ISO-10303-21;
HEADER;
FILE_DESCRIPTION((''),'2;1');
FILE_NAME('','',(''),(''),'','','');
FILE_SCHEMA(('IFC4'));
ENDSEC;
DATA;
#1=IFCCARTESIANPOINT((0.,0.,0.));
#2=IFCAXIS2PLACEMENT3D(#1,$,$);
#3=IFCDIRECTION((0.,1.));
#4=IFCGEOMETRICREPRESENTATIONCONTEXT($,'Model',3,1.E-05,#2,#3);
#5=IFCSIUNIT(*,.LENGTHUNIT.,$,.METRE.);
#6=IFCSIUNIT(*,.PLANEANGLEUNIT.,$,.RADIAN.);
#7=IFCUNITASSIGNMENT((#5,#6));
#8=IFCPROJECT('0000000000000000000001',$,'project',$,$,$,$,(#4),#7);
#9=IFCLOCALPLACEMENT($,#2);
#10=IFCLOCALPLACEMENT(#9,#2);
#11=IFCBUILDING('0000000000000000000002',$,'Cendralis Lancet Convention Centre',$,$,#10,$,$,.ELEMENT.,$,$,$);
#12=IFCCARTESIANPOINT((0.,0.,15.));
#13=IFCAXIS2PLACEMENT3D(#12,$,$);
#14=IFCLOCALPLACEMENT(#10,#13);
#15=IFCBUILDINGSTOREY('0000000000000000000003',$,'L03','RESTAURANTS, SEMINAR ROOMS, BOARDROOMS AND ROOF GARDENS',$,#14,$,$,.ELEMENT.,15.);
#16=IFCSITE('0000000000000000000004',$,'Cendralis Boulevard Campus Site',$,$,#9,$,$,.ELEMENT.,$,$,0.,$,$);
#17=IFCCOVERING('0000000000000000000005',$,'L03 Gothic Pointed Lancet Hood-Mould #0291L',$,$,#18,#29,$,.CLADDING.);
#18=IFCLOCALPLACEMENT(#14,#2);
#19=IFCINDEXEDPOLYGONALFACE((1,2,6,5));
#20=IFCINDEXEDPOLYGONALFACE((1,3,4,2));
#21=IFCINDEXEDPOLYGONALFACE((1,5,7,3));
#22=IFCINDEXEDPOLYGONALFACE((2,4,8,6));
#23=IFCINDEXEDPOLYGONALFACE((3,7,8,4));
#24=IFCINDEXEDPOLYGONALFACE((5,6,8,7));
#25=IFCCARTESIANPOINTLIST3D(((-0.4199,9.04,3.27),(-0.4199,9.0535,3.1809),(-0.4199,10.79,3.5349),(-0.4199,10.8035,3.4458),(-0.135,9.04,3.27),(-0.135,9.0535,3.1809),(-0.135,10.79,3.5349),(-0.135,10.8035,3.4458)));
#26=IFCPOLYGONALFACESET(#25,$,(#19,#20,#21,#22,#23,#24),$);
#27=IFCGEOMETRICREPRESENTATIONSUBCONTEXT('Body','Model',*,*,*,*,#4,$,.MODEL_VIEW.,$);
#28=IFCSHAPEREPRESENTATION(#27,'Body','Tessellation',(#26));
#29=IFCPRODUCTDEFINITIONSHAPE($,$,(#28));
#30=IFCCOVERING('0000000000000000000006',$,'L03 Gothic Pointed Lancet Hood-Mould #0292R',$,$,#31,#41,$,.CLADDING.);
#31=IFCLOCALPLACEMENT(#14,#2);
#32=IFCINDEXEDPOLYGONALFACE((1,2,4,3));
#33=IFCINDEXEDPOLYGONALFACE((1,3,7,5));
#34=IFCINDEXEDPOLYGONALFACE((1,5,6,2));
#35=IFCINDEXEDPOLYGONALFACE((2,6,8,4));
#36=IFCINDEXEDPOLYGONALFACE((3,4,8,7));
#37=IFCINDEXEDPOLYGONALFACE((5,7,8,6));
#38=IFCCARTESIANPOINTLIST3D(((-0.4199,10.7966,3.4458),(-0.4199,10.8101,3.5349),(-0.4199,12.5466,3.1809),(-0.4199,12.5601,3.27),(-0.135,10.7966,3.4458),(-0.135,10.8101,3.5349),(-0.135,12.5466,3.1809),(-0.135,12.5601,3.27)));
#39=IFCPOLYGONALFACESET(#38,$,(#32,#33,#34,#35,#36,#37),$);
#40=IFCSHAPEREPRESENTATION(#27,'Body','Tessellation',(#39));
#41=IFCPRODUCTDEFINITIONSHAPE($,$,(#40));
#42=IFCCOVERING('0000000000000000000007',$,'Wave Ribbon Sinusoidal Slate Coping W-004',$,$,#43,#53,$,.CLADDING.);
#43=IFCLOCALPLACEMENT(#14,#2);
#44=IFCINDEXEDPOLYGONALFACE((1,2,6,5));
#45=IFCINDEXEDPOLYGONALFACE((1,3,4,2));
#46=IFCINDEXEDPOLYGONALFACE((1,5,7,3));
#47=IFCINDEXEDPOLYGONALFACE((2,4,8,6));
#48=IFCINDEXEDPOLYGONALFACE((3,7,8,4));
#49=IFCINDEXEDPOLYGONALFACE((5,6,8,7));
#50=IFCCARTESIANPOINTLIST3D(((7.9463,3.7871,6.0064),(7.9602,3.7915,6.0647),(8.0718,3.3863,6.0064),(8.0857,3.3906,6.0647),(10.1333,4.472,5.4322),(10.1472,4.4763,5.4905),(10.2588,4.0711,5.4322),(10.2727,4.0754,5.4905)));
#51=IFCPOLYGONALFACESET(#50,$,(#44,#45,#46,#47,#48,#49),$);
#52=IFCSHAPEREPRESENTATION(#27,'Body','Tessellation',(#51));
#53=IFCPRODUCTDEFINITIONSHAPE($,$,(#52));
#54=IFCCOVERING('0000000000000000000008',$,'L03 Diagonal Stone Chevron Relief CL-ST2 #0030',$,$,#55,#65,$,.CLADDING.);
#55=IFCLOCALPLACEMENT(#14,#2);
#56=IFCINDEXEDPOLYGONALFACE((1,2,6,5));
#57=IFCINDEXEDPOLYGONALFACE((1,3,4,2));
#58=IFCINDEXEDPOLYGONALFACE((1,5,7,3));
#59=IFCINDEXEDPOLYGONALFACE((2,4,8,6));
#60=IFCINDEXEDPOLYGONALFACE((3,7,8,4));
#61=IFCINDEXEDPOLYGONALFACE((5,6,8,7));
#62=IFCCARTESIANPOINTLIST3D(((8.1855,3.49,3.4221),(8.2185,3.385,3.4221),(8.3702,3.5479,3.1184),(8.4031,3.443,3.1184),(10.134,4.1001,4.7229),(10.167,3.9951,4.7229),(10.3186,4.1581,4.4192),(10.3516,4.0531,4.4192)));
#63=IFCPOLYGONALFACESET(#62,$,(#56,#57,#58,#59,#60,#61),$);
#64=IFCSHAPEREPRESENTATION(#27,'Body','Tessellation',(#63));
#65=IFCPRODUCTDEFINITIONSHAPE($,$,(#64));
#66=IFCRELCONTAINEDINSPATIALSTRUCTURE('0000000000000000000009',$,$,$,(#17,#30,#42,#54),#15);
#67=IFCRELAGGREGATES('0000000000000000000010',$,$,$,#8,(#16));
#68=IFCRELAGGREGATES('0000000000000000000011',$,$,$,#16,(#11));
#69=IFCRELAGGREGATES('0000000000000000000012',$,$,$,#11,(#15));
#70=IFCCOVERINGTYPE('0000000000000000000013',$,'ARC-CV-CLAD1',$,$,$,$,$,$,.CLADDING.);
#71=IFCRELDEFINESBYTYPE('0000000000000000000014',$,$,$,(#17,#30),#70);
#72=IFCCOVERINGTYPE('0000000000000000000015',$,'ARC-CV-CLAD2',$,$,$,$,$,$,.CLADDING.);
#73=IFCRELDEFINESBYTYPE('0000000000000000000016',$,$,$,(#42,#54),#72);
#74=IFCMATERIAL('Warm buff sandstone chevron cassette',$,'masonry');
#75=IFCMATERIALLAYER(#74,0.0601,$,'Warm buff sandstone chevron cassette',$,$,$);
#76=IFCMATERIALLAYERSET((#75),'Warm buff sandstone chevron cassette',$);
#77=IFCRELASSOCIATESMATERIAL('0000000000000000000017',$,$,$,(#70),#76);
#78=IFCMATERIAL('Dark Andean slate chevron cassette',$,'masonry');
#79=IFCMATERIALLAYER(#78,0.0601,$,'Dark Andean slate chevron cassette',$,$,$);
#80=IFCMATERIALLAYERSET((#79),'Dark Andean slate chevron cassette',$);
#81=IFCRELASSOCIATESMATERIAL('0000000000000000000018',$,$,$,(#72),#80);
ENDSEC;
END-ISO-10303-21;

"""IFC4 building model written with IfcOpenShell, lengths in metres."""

from ifc_helpers import new_model, si_unit, direction, frame, origin, place, context, subcontext, project, spatial, polyline, outline, extrude, material, layer, layer_set, type_object, element, save


model = new_model("IFC4")

# Units and contexts
model_context = context("Model", 3, precision=1e-05, world=origin(), true_north=direction((0.0, 1.0)))
body_context = subcontext(model_context, "Body", "Model", "MODEL_VIEW")
ifc_project = project(units=[si_unit("LENGTHUNIT", "METRE"), si_unit("PLANEANGLEUNIT", "RADIAN")], contexts=[model_context])

# Site, building, storey
site_placement = place(None, origin())
site = spatial("IfcSite", under=ifc_project, at=site_placement, Name="Cendralis Boulevard Campus Site", CompositionType="ELEMENT", RefElevation=0.0)
building_placement = place(site_placement, origin())
building = spatial("IfcBuilding", under=site, at=building_placement, Name="Cendralis Lancet Convention Centre", CompositionType="ELEMENT")
storey_placement = place(building_placement, frame((0.0, 0.0, 15.0)))
storey = spatial("IfcBuildingStorey", under=building, at=storey_placement, Name="L03", Description="RESTAURANTS, SEMINAR ROOMS, BOARDROOMS AND ROOF GARDENS", CompositionType="ELEMENT", Elevation=15.0)

# Shared definitions
ifc_material_1 = material(Name="Warm buff sandstone chevron cassette", Category="masonry")

# Coverings
ifc_layer_1 = layer(ifc_material_1, 0.0601, Name="Warm buff sandstone chevron cassette")
ifc_layer_set_1 = layer_set([ifc_layer_1], Name="Warm buff sandstone chevron cassette")
covering_type_1 = type_object("IfcCoveringType", Name="ARC-CV-CLAD1", PredefinedType="CLADDING", material=ifc_layer_set_1)
for number, where, z_axis, x_axis, name in (
    (1, (-0.4199, 9.04, 3.27), (0.0, -0.149662, 0.988737), (1.0, 0.0, 0.0), "L03 Gothic Pointed Lancet Hood-Mould #0291L"),
    (2, (-0.4199, 10.8101, 3.5349), (0.0, 0.149662, 0.988737), (1.0, 0.0, 0.0), "L03 Gothic Pointed Lancet Hood-Mould #0292R"),
):
    element("IfcCovering", number, at=place(storey_placement, frame(where, z_axis=z_axis, x_axis=x_axis)), inside=storey, type_object=covering_type_1, Name=name, PredefinedType="CLADDING", context=body_context, shape_type="SweptSolid", body=[
        extrude(outline(polyline([(0.0, 0.0), (0.2849, 0.0), (0.2849, 1.7699), (0.0, 1.7699), (0.0, 0.0)])), origin(), (0.0, 0.0, -1.0), 0.0901),
    ])
ifc_material_2 = material(Name="Dark Andean slate chevron cassette", Category="masonry")
ifc_layer_2 = layer(ifc_material_2, 0.0601, Name="Dark Andean slate chevron cassette")
ifc_layer_set_2 = layer_set([ifc_layer_2], Name="Dark Andean slate chevron cassette")
covering_type_2 = type_object("IfcCoveringType", Name="ARC-CV-CLAD2", PredefinedType="CLADDING", material=ifc_layer_set_2)
covering_1_placement = place(storey_placement, frame((8.0857, 3.3906, 6.0647), z_axis=(0.23195, 0.072608, 0.970014), x_axis=(0.925693, 0.28986, -0.243049)))
element("IfcCovering", 3, at=covering_1_placement, inside=storey, type_object=covering_type_2, Name="Wave Ribbon Sinusoidal Slate Coping W-004", PredefinedType="CLADDING", context=body_context, shape_type="SweptSolid", body=[
    extrude(outline(polyline([(0.0, 0.0), (2.3626, 0.0), (2.3626, 0.4201), (0.0, 0.4201), (0.0, 0.0)])), origin(), (0.0, 0.0, -1.0), 0.0601),
])
covering_2_placement = place(storey_placement, frame((8.2185, 3.385, 3.4221), z_axis=(-0.512638, -0.160944, 0.843386), x_axis=(0.804853, 0.252015, 0.537308)))
element("IfcCovering", 4, at=covering_2_placement, inside=storey, type_object=covering_type_2, Name="L03 Diagonal Stone Chevron Relief CL-ST2 #0030", PredefinedType="CLADDING", context=body_context, shape_type="SweptSolid", body=[
    extrude(outline(polyline([(0.0, 0.0), (2.4209, 0.0), (2.4209, 0.11), (-0.0001, 0.11), (0.0, 0.0)])), origin(), (0.0, 0.0, -1.0), 0.3601),
])

save(model, "model.ifc")
